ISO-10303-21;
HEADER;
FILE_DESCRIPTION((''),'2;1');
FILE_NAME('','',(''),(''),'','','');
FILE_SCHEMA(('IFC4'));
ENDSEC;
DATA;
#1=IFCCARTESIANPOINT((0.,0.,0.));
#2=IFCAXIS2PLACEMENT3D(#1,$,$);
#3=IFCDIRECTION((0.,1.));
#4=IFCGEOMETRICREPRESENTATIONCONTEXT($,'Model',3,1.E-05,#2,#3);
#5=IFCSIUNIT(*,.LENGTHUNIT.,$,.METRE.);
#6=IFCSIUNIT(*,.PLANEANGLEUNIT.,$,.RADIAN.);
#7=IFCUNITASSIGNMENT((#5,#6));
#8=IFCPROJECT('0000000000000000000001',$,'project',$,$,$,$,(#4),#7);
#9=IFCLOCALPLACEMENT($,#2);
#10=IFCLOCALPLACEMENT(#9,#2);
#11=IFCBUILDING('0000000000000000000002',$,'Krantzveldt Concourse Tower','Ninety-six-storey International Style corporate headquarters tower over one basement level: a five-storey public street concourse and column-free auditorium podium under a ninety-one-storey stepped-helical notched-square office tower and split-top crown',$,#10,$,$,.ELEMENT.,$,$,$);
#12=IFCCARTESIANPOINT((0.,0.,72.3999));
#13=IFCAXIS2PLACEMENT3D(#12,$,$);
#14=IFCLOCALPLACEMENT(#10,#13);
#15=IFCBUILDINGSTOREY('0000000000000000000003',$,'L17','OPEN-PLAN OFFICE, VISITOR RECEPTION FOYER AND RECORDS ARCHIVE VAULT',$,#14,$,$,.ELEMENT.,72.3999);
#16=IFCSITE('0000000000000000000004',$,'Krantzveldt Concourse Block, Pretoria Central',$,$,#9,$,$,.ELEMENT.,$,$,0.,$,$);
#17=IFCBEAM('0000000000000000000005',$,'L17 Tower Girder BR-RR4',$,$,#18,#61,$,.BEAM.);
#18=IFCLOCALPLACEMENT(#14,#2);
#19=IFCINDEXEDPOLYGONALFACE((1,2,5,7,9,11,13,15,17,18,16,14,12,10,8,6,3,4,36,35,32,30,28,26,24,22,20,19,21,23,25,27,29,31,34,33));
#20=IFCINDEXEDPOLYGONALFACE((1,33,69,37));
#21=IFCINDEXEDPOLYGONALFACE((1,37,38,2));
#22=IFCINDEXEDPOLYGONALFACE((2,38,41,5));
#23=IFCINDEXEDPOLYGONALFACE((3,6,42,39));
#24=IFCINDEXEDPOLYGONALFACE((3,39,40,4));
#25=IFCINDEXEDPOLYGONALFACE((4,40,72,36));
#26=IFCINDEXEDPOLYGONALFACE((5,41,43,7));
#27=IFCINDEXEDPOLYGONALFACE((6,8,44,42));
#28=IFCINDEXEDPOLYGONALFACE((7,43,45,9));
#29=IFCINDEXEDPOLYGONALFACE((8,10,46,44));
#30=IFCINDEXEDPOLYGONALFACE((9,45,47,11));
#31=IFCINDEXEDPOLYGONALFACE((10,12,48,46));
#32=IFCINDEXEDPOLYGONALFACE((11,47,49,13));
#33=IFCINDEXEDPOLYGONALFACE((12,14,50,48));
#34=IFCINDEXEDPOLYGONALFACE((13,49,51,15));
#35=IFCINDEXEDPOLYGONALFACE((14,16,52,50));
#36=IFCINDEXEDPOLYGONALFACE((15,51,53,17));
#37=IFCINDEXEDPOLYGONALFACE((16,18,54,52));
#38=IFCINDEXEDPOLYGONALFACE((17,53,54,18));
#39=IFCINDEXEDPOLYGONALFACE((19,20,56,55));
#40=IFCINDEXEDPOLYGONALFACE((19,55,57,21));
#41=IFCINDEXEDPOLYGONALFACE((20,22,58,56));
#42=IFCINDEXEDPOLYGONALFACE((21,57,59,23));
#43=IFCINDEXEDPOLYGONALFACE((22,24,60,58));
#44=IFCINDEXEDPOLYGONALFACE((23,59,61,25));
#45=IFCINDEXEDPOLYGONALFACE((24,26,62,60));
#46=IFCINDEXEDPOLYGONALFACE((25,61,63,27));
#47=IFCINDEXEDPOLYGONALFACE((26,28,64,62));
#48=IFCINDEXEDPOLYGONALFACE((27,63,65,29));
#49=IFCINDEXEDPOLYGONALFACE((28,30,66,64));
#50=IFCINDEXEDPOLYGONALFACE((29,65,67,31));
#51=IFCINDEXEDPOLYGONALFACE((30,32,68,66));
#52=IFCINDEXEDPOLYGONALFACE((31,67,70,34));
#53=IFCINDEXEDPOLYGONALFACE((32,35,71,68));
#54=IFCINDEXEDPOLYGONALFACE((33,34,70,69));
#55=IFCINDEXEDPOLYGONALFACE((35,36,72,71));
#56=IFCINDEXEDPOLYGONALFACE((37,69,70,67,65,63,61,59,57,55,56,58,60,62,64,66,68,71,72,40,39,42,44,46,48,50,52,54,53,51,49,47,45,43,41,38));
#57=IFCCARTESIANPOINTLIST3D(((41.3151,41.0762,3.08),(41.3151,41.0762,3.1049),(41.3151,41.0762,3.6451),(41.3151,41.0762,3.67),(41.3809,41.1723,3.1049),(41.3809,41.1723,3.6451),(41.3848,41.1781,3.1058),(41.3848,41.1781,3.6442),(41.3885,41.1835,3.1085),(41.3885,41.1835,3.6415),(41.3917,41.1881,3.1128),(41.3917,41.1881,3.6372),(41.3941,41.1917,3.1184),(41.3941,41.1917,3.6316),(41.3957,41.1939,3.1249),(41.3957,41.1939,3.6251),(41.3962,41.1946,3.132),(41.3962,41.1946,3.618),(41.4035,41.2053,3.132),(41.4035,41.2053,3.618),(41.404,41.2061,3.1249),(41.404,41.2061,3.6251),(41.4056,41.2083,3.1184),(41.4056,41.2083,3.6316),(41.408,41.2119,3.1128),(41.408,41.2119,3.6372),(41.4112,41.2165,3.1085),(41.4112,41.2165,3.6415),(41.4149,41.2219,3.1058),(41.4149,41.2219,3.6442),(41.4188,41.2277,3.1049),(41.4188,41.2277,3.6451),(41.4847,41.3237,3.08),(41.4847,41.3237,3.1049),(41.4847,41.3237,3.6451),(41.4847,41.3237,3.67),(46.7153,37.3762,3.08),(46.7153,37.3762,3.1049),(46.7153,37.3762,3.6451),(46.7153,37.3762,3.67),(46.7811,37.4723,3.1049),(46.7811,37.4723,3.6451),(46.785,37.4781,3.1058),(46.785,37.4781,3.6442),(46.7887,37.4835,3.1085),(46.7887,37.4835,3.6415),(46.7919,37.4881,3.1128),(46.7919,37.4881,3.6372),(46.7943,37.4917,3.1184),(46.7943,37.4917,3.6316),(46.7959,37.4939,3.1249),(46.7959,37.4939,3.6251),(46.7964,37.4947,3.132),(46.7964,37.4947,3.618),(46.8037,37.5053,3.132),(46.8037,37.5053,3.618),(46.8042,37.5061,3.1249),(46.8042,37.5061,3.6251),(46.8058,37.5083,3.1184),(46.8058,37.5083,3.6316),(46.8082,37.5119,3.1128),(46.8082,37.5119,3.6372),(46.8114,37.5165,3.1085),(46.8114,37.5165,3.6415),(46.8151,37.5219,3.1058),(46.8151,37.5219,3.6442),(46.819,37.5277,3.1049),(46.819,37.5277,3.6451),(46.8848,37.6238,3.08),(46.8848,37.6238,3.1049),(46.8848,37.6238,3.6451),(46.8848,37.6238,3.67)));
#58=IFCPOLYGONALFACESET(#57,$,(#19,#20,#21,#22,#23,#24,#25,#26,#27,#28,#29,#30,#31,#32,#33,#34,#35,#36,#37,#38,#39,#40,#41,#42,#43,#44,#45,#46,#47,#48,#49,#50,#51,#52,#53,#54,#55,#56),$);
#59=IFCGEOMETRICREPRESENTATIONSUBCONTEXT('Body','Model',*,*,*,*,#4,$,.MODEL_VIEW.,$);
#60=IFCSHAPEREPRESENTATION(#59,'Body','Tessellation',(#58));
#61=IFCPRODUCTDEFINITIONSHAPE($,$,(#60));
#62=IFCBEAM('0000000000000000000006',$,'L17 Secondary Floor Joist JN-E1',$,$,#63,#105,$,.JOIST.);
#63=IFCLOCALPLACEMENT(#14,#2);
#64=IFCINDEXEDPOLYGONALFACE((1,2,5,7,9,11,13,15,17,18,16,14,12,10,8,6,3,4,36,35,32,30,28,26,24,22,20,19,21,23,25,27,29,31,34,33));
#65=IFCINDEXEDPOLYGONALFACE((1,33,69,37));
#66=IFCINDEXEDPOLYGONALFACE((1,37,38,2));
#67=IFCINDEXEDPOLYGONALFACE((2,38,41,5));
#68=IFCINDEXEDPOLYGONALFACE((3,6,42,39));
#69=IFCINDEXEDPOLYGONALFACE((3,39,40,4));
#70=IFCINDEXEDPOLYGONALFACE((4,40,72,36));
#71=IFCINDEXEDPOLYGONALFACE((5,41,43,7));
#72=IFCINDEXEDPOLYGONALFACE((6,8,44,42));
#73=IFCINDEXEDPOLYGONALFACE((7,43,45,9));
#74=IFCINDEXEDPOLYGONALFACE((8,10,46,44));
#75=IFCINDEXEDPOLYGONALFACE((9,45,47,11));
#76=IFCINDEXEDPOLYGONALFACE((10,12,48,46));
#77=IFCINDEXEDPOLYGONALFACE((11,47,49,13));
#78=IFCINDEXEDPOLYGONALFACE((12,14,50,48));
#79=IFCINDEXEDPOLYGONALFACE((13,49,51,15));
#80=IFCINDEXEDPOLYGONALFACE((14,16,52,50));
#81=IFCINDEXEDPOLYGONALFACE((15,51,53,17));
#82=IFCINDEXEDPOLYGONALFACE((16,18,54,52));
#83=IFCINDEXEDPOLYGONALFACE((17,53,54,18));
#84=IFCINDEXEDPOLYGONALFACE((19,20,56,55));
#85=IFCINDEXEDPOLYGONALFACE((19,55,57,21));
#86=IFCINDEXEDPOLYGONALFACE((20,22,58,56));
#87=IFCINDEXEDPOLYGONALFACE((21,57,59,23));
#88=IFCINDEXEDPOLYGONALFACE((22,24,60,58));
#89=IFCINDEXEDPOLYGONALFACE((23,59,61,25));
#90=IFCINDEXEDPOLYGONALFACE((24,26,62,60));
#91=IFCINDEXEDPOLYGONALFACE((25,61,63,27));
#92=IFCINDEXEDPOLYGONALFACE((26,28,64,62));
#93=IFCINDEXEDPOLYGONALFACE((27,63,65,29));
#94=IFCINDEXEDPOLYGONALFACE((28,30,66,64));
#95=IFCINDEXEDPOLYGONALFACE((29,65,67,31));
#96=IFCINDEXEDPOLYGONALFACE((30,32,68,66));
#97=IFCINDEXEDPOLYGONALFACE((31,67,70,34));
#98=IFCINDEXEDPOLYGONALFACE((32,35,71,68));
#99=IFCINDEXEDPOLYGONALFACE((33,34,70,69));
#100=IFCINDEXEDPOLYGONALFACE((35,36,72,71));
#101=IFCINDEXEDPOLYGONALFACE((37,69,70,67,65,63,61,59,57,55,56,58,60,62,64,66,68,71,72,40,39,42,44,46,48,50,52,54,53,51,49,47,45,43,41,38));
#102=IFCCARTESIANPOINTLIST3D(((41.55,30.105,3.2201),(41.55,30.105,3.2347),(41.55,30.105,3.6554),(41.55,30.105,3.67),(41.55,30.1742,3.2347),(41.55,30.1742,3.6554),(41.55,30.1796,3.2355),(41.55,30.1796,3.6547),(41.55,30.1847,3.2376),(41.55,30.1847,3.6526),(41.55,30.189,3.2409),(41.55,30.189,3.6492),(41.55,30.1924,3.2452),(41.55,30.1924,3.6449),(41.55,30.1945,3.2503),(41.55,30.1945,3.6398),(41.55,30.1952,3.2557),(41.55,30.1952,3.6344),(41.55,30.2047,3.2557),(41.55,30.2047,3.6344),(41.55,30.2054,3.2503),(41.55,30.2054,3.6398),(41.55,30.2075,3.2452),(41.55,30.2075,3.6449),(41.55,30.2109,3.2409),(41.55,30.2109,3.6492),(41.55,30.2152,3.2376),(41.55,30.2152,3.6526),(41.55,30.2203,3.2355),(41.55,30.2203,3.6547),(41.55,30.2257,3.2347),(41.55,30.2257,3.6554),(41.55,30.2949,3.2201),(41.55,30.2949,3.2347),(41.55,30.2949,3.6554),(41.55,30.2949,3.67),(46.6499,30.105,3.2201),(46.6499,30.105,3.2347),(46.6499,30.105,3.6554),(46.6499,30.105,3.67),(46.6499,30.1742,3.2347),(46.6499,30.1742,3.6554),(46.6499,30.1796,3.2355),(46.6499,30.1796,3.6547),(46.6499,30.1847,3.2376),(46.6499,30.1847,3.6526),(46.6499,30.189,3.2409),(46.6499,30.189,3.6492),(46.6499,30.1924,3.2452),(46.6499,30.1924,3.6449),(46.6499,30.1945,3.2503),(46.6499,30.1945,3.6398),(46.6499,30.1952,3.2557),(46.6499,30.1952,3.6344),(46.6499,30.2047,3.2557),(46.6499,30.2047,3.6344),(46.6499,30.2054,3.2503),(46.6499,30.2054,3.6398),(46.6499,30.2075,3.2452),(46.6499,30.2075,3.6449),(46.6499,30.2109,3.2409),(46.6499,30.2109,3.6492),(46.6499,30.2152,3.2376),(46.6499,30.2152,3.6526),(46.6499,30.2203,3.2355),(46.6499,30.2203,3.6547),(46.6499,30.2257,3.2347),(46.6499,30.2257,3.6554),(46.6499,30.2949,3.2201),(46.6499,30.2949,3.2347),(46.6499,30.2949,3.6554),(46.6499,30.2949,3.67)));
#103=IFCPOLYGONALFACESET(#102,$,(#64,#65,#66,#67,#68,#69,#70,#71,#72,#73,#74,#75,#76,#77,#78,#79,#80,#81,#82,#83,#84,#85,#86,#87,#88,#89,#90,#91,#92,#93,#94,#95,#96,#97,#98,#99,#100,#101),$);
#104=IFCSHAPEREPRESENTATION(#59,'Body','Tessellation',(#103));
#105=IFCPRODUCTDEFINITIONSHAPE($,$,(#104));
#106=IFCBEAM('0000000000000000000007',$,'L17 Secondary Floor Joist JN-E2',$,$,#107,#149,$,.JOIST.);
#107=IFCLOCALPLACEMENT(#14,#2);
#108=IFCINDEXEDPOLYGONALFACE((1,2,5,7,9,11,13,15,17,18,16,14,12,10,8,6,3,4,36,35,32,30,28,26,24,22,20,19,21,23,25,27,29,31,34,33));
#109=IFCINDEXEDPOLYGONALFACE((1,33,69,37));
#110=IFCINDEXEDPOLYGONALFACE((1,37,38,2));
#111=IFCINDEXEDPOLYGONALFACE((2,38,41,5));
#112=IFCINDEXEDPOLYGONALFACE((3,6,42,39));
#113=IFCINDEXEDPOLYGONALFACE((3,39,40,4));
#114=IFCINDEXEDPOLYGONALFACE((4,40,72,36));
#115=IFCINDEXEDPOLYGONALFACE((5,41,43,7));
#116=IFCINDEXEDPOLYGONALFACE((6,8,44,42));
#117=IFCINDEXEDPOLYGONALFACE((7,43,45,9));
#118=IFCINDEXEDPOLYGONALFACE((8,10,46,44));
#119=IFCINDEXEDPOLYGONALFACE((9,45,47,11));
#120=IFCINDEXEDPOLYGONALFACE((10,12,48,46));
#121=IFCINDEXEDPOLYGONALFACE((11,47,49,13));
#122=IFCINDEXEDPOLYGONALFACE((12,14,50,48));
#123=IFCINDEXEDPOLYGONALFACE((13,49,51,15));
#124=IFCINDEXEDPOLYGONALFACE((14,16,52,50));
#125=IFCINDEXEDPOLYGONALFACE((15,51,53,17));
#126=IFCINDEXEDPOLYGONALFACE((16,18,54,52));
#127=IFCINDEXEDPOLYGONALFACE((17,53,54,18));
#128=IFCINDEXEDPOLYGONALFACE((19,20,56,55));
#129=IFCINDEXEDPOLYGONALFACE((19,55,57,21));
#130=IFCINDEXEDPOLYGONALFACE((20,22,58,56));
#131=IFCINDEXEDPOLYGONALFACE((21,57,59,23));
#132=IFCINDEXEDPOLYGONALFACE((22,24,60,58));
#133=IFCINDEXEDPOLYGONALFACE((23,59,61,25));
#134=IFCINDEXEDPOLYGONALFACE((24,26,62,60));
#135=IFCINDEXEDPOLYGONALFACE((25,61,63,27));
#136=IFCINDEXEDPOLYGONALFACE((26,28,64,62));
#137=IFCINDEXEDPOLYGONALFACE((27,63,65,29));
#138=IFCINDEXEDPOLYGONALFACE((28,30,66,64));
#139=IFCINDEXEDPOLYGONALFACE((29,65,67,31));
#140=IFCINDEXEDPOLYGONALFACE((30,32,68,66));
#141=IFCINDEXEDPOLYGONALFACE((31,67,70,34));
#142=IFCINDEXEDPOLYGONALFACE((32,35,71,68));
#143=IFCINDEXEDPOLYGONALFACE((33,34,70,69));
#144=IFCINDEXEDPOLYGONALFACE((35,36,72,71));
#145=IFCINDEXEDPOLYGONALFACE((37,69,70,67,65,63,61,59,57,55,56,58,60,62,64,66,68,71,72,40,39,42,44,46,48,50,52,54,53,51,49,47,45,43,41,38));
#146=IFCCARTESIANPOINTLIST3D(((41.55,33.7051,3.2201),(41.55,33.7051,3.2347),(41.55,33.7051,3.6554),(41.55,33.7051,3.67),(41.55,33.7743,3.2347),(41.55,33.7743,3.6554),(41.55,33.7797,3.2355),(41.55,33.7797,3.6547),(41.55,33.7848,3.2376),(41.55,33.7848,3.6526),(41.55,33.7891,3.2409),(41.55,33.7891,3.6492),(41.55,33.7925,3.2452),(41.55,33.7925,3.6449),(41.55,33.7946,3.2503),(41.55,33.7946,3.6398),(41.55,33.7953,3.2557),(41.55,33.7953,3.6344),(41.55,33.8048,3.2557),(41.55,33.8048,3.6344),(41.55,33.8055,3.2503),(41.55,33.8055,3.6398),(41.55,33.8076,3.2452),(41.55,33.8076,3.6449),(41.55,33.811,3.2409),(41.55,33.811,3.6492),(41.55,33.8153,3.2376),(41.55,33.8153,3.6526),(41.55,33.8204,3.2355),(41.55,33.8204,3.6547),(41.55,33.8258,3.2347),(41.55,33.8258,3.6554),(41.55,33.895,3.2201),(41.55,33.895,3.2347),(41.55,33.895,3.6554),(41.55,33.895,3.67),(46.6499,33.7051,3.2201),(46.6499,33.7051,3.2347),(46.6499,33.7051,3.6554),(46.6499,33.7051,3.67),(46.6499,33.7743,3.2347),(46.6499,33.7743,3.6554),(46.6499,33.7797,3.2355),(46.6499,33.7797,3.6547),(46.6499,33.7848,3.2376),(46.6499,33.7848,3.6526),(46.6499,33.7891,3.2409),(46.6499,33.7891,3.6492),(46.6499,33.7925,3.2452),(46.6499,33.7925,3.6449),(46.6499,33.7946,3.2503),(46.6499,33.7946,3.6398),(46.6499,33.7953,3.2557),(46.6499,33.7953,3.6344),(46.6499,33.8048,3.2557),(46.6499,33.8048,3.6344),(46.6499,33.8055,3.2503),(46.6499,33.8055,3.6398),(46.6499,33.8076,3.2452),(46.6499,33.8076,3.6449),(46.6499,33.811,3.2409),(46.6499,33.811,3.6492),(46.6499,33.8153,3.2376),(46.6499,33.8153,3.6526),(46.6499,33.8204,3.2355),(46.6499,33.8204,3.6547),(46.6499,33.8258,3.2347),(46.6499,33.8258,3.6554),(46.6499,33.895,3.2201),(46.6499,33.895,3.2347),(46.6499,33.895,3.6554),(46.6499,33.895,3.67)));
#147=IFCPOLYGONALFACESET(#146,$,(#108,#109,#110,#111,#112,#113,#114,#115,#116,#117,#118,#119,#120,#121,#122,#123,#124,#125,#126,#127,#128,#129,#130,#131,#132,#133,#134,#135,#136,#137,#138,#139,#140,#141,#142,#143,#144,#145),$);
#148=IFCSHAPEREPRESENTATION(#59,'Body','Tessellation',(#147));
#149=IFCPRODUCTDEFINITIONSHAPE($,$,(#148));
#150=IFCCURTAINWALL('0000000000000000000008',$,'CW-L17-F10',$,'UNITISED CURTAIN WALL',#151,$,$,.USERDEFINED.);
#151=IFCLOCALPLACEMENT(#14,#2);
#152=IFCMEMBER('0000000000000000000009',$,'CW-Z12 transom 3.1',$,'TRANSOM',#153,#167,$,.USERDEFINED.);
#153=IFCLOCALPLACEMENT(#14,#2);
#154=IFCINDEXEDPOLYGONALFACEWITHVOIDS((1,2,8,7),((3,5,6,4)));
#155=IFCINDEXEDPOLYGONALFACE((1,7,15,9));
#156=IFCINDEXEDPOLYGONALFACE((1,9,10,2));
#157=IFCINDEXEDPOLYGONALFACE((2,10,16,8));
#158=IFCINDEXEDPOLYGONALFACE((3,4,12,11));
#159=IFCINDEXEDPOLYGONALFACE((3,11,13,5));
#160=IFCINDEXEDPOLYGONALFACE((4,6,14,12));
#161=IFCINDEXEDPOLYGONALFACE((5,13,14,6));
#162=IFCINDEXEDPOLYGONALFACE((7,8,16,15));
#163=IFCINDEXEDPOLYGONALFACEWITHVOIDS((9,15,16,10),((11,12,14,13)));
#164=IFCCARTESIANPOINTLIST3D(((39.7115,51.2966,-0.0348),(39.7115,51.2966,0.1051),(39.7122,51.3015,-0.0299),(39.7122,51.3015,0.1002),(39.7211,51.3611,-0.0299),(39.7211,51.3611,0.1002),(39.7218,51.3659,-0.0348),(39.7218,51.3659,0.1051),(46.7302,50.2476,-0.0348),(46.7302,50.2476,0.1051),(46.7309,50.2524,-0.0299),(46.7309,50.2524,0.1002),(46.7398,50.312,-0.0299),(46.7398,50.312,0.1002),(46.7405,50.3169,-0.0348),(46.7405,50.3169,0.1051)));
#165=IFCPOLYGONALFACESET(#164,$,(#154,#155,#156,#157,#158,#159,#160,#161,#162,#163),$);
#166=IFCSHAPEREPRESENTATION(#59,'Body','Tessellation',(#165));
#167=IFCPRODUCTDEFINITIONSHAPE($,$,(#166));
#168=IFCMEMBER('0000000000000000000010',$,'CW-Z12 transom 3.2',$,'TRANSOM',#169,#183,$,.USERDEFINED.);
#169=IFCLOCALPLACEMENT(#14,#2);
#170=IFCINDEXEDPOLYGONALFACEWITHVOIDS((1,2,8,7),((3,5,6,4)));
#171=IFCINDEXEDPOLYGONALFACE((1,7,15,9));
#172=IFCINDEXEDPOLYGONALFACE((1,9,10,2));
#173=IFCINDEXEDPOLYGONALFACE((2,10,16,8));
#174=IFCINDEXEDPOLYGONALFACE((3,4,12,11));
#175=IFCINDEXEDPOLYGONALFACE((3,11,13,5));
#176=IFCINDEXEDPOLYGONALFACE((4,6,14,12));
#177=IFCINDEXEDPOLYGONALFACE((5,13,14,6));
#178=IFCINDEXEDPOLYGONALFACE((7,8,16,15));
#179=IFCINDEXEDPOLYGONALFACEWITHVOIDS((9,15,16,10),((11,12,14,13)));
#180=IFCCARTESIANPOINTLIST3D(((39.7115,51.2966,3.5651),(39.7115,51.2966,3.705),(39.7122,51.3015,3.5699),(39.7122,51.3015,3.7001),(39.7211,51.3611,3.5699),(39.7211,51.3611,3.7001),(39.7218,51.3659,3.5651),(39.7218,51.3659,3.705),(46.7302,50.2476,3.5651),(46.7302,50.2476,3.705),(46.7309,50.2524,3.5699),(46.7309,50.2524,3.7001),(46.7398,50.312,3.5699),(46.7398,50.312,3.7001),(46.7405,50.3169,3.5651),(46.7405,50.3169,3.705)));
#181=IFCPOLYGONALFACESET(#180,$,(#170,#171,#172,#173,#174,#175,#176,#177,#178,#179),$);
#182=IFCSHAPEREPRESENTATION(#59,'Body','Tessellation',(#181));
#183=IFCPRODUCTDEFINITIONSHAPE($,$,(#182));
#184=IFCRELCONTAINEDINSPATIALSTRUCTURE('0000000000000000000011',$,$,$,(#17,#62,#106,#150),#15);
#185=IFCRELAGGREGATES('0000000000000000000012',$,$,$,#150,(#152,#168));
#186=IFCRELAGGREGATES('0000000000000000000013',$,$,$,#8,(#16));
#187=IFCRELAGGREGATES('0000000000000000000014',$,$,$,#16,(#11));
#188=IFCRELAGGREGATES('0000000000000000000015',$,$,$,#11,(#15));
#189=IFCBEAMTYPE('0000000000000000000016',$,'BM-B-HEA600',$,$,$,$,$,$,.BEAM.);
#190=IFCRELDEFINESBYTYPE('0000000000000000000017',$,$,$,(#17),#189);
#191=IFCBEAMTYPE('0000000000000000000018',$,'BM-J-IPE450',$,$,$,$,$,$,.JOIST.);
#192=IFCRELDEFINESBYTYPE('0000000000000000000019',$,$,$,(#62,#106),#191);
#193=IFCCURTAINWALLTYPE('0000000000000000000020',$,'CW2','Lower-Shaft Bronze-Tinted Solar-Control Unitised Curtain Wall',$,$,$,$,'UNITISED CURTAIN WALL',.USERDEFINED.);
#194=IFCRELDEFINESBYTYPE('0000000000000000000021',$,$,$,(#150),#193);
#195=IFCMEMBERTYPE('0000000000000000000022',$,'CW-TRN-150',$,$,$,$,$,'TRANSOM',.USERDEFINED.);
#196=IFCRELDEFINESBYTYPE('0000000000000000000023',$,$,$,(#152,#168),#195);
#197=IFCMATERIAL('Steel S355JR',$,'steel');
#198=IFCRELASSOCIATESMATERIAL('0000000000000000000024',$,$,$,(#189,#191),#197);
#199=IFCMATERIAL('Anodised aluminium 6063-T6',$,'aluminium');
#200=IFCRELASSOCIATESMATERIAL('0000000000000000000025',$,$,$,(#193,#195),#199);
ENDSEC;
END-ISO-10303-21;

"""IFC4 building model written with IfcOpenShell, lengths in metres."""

from ifc_helpers import new_model, si_unit, direction, frame, origin, origin_2d, place, context, subcontext, project, spatial, hollow_rectangle, i_section, extrude, source, transform, mapped, material, material_profile, profile_set, type_object, type_shapes, element, aggregate, save


model = new_model("IFC4")

# Units and contexts
model_context = context("Model", 3, precision=1e-05, world=origin(), true_north=direction((0.0, 1.0)))
body_context = subcontext(model_context, "Body", "Model", "MODEL_VIEW")
ifc_project = project(units=[si_unit("LENGTHUNIT", "METRE"), si_unit("PLANEANGLEUNIT", "RADIAN")], contexts=[model_context])

# Site, building, storey
site_placement = place(None, origin())
site = spatial("IfcSite", under=ifc_project, at=site_placement, Name="Krantzveldt Concourse Block, Pretoria Central", CompositionType="ELEMENT", RefElevation=0.0)
building_placement = place(site_placement, origin())
building = spatial("IfcBuilding", under=site, at=building_placement, Name="Krantzveldt Concourse Tower", Description="Ninety-six-storey International Style corporate headquarters tower over one basement level: a five-storey public street concourse and column-free auditorium podium under a ninety-one-storey stepped-helical notched-square office tower and split-top crown", CompositionType="ELEMENT")
storey_placement = place(building_placement, frame((0.0, 0.0, 72.3999)))
storey = spatial("IfcBuildingStorey", under=building, at=storey_placement, Name="L17", Description="OPEN-PLAN OFFICE, VISITOR RECEPTION FOYER AND RECORDS ARCHIVE VAULT", CompositionType="ELEMENT", Elevation=72.3999)

# Beams
ifc_material_1 = material(Name="Steel S355JR", Category="steel")
ifc_material_profile_1 = material_profile(ifc_material_1, i_section(OverallWidth=0.3, OverallDepth=0.5901, WebThickness=0.0129, FlangeThickness=0.0249, FilletRadius=0.0271, at=origin_2d()), Name="Steel S355JR", Category="steel")
ifc_profile_set_1 = profile_set([ifc_material_profile_1], Name="Steel S355JR - HEA 600")
beam_type_1 = type_object("IfcBeamType", Name="BM-B-HEA600", PredefinedType="BEAM", material=ifc_profile_set_1)
shared_shape_1 = source(origin(), body_context, "Body", "SweptSolid", [
    extrude(i_section(OverallWidth=0.3, OverallDepth=0.5901, WebThickness=0.0129, FlangeThickness=0.0249, FilletRadius=0.0271, at=origin_2d()), origin(), (0.0, 0.0, 1.0), 6.5461),
])
beam_1_placement = place(storey_placement, frame((46.8, 37.5, 3.375), z_axis=(-0.824943, 0.565216, 0.0), x_axis=(-0.565216, -0.824943, 0.0)))
element("IfcBeam", 1, at=beam_1_placement, inside=storey, type_object=beam_type_1, Name="L17 Tower Girder BR-RR4", PredefinedType="BEAM", context=body_context, shape_type="MappedRepresentation", body=[
    mapped(shared_shape_1, transform((0.0, 0.0, 0.0), x_axis=(1.0, 0.0, 0.0), y_axis=(0.0, 1.0, 0.0), z_axis=(0.0, 0.0, 1.0), scale=1.0)),
])
ifc_material_profile_2 = material_profile(ifc_material_1, i_section(OverallWidth=0.1899, OverallDepth=0.45, WebThickness=0.0095, FlangeThickness=0.0146, FilletRadius=0.021, at=origin_2d()), Name="Steel S355JR", Category="steel")
ifc_profile_set_2 = profile_set([ifc_material_profile_2], Name="Steel S355JR - IPE 450")
beam_type_2 = type_object("IfcBeamType", Name="BM-J-IPE450", PredefinedType="JOIST", material=ifc_profile_set_2)
shared_shape_2 = source(origin(), body_context, "Body", "SweptSolid", [
    extrude(i_section(OverallWidth=0.1899, OverallDepth=0.45, WebThickness=0.0095, FlangeThickness=0.0146, FilletRadius=0.021, at=origin_2d()), origin(), (0.0, 0.0, 1.0), 5.0999),
])
type_shapes(beam_type_2, [shared_shape_2])
for number, where, z_axis, x_axis, name in (
    (2, (41.55, 30.2, 3.4451), (1.0, 0.0, 0.0), (0.0, 1.0, 0.0), "L17 Secondary Floor Joist JN-E1"),
    (3, (41.55, 33.8, 3.4451), (1.0, 0.0, 0.0), (0.0, 1.0, 0.0), "L17 Secondary Floor Joist JN-E2"),
):
    element("IfcBeam", number, at=place(storey_placement, frame(where, z_axis=z_axis, x_axis=x_axis)), inside=storey, type_object=beam_type_2, Name=name, PredefinedType="JOIST", context=body_context, shape_type="MappedRepresentation", body=[
        mapped(shared_shape_2, transform((0.0, 0.0, 0.0), x_axis=(1.0, 0.0, 0.0), y_axis=(0.0, 1.0, 0.0), z_axis=(0.0, 0.0, 1.0), scale=1.0)),
    ])

# Curtain wall, members
ifc_material_2 = material(Name="Anodised aluminium 6063-T6", Category="aluminium")
curtain_wall_type = type_object("IfcCurtainWallType", Name="CW2", Description="Lower-Shaft Bronze-Tinted Solar-Control Unitised Curtain Wall", ElementType="UNITISED CURTAIN WALL", PredefinedType="USERDEFINED", material=ifc_material_2)
curtain_wall_placement = place(storey_placement, origin())
curtain_wall = element("IfcCurtainWall", 4, at=curtain_wall_placement, inside=storey, type_object=curtain_wall_type, Name="CW-L17-F10", ObjectType="UNITISED CURTAIN WALL", PredefinedType="USERDEFINED")
ifc_material_profile_3 = material_profile(ifc_material_2, hollow_rectangle(XDim=0.0701, YDim=0.1399, WallThickness=0.0049, at=origin_2d()), Name="Anodised aluminium 6063-T6", Category="aluminium")
ifc_profile_set_3 = profile_set([ifc_material_profile_3], Name="Anodised aluminium 6063-T6 - ALU-TRAN 140x70x5")
member_type_1 = type_object("IfcMemberType", Name="CW-TRN-150", ElementType="TRANSOM", PredefinedType="USERDEFINED", material=ifc_profile_set_3)
shared_shape_3 = source(origin(), body_context, "Body", "SweptSolid", [
    extrude(hollow_rectangle(XDim=0.0701, YDim=0.1399, WallThickness=0.0049, at=origin_2d()), origin(), (0.0, 0.0, 1.0), 7.0967),
])
member_1_placement = place(storey_placement, frame((46.7354, 50.2822, 0.0352), z_axis=(-0.989014, 0.147824, 0.0), x_axis=(-0.147824, -0.989014, 0.0)))
member_1 = element("IfcMember", 5, at=member_1_placement, type_object=member_type_1, Name="CW-Z12 transom 3.1", ObjectType="TRANSOM", PredefinedType="USERDEFINED", context=body_context, shape_type="MappedRepresentation", body=[
    mapped(shared_shape_3, transform((0.0, 0.0, 0.0), x_axis=(1.0, 0.0, 0.0), y_axis=(0.0, 1.0, 0.0), z_axis=(0.0, 0.0, 1.0), scale=1.0)),
])
member_2_placement = place(storey_placement, frame((46.7354, 50.2822, 3.635), z_axis=(-0.989014, 0.147824, 0.0), x_axis=(-0.147824, -0.989014, 0.0)))
member_2 = element("IfcMember", 6, at=member_2_placement, type_object=member_type_1, Name="CW-Z12 transom 3.2", ObjectType="TRANSOM", PredefinedType="USERDEFINED", context=body_context, shape_type="MappedRepresentation", body=[
    mapped(shared_shape_3, transform((0.0, 0.0, 0.0), x_axis=(1.0, 0.0, 0.0), y_axis=(0.0, 1.0, 0.0), z_axis=(0.0, 0.0, 1.0), scale=1.0)),
])
aggregate(curtain_wall, [member_1, member_2])

save(model, "model.ifc")
